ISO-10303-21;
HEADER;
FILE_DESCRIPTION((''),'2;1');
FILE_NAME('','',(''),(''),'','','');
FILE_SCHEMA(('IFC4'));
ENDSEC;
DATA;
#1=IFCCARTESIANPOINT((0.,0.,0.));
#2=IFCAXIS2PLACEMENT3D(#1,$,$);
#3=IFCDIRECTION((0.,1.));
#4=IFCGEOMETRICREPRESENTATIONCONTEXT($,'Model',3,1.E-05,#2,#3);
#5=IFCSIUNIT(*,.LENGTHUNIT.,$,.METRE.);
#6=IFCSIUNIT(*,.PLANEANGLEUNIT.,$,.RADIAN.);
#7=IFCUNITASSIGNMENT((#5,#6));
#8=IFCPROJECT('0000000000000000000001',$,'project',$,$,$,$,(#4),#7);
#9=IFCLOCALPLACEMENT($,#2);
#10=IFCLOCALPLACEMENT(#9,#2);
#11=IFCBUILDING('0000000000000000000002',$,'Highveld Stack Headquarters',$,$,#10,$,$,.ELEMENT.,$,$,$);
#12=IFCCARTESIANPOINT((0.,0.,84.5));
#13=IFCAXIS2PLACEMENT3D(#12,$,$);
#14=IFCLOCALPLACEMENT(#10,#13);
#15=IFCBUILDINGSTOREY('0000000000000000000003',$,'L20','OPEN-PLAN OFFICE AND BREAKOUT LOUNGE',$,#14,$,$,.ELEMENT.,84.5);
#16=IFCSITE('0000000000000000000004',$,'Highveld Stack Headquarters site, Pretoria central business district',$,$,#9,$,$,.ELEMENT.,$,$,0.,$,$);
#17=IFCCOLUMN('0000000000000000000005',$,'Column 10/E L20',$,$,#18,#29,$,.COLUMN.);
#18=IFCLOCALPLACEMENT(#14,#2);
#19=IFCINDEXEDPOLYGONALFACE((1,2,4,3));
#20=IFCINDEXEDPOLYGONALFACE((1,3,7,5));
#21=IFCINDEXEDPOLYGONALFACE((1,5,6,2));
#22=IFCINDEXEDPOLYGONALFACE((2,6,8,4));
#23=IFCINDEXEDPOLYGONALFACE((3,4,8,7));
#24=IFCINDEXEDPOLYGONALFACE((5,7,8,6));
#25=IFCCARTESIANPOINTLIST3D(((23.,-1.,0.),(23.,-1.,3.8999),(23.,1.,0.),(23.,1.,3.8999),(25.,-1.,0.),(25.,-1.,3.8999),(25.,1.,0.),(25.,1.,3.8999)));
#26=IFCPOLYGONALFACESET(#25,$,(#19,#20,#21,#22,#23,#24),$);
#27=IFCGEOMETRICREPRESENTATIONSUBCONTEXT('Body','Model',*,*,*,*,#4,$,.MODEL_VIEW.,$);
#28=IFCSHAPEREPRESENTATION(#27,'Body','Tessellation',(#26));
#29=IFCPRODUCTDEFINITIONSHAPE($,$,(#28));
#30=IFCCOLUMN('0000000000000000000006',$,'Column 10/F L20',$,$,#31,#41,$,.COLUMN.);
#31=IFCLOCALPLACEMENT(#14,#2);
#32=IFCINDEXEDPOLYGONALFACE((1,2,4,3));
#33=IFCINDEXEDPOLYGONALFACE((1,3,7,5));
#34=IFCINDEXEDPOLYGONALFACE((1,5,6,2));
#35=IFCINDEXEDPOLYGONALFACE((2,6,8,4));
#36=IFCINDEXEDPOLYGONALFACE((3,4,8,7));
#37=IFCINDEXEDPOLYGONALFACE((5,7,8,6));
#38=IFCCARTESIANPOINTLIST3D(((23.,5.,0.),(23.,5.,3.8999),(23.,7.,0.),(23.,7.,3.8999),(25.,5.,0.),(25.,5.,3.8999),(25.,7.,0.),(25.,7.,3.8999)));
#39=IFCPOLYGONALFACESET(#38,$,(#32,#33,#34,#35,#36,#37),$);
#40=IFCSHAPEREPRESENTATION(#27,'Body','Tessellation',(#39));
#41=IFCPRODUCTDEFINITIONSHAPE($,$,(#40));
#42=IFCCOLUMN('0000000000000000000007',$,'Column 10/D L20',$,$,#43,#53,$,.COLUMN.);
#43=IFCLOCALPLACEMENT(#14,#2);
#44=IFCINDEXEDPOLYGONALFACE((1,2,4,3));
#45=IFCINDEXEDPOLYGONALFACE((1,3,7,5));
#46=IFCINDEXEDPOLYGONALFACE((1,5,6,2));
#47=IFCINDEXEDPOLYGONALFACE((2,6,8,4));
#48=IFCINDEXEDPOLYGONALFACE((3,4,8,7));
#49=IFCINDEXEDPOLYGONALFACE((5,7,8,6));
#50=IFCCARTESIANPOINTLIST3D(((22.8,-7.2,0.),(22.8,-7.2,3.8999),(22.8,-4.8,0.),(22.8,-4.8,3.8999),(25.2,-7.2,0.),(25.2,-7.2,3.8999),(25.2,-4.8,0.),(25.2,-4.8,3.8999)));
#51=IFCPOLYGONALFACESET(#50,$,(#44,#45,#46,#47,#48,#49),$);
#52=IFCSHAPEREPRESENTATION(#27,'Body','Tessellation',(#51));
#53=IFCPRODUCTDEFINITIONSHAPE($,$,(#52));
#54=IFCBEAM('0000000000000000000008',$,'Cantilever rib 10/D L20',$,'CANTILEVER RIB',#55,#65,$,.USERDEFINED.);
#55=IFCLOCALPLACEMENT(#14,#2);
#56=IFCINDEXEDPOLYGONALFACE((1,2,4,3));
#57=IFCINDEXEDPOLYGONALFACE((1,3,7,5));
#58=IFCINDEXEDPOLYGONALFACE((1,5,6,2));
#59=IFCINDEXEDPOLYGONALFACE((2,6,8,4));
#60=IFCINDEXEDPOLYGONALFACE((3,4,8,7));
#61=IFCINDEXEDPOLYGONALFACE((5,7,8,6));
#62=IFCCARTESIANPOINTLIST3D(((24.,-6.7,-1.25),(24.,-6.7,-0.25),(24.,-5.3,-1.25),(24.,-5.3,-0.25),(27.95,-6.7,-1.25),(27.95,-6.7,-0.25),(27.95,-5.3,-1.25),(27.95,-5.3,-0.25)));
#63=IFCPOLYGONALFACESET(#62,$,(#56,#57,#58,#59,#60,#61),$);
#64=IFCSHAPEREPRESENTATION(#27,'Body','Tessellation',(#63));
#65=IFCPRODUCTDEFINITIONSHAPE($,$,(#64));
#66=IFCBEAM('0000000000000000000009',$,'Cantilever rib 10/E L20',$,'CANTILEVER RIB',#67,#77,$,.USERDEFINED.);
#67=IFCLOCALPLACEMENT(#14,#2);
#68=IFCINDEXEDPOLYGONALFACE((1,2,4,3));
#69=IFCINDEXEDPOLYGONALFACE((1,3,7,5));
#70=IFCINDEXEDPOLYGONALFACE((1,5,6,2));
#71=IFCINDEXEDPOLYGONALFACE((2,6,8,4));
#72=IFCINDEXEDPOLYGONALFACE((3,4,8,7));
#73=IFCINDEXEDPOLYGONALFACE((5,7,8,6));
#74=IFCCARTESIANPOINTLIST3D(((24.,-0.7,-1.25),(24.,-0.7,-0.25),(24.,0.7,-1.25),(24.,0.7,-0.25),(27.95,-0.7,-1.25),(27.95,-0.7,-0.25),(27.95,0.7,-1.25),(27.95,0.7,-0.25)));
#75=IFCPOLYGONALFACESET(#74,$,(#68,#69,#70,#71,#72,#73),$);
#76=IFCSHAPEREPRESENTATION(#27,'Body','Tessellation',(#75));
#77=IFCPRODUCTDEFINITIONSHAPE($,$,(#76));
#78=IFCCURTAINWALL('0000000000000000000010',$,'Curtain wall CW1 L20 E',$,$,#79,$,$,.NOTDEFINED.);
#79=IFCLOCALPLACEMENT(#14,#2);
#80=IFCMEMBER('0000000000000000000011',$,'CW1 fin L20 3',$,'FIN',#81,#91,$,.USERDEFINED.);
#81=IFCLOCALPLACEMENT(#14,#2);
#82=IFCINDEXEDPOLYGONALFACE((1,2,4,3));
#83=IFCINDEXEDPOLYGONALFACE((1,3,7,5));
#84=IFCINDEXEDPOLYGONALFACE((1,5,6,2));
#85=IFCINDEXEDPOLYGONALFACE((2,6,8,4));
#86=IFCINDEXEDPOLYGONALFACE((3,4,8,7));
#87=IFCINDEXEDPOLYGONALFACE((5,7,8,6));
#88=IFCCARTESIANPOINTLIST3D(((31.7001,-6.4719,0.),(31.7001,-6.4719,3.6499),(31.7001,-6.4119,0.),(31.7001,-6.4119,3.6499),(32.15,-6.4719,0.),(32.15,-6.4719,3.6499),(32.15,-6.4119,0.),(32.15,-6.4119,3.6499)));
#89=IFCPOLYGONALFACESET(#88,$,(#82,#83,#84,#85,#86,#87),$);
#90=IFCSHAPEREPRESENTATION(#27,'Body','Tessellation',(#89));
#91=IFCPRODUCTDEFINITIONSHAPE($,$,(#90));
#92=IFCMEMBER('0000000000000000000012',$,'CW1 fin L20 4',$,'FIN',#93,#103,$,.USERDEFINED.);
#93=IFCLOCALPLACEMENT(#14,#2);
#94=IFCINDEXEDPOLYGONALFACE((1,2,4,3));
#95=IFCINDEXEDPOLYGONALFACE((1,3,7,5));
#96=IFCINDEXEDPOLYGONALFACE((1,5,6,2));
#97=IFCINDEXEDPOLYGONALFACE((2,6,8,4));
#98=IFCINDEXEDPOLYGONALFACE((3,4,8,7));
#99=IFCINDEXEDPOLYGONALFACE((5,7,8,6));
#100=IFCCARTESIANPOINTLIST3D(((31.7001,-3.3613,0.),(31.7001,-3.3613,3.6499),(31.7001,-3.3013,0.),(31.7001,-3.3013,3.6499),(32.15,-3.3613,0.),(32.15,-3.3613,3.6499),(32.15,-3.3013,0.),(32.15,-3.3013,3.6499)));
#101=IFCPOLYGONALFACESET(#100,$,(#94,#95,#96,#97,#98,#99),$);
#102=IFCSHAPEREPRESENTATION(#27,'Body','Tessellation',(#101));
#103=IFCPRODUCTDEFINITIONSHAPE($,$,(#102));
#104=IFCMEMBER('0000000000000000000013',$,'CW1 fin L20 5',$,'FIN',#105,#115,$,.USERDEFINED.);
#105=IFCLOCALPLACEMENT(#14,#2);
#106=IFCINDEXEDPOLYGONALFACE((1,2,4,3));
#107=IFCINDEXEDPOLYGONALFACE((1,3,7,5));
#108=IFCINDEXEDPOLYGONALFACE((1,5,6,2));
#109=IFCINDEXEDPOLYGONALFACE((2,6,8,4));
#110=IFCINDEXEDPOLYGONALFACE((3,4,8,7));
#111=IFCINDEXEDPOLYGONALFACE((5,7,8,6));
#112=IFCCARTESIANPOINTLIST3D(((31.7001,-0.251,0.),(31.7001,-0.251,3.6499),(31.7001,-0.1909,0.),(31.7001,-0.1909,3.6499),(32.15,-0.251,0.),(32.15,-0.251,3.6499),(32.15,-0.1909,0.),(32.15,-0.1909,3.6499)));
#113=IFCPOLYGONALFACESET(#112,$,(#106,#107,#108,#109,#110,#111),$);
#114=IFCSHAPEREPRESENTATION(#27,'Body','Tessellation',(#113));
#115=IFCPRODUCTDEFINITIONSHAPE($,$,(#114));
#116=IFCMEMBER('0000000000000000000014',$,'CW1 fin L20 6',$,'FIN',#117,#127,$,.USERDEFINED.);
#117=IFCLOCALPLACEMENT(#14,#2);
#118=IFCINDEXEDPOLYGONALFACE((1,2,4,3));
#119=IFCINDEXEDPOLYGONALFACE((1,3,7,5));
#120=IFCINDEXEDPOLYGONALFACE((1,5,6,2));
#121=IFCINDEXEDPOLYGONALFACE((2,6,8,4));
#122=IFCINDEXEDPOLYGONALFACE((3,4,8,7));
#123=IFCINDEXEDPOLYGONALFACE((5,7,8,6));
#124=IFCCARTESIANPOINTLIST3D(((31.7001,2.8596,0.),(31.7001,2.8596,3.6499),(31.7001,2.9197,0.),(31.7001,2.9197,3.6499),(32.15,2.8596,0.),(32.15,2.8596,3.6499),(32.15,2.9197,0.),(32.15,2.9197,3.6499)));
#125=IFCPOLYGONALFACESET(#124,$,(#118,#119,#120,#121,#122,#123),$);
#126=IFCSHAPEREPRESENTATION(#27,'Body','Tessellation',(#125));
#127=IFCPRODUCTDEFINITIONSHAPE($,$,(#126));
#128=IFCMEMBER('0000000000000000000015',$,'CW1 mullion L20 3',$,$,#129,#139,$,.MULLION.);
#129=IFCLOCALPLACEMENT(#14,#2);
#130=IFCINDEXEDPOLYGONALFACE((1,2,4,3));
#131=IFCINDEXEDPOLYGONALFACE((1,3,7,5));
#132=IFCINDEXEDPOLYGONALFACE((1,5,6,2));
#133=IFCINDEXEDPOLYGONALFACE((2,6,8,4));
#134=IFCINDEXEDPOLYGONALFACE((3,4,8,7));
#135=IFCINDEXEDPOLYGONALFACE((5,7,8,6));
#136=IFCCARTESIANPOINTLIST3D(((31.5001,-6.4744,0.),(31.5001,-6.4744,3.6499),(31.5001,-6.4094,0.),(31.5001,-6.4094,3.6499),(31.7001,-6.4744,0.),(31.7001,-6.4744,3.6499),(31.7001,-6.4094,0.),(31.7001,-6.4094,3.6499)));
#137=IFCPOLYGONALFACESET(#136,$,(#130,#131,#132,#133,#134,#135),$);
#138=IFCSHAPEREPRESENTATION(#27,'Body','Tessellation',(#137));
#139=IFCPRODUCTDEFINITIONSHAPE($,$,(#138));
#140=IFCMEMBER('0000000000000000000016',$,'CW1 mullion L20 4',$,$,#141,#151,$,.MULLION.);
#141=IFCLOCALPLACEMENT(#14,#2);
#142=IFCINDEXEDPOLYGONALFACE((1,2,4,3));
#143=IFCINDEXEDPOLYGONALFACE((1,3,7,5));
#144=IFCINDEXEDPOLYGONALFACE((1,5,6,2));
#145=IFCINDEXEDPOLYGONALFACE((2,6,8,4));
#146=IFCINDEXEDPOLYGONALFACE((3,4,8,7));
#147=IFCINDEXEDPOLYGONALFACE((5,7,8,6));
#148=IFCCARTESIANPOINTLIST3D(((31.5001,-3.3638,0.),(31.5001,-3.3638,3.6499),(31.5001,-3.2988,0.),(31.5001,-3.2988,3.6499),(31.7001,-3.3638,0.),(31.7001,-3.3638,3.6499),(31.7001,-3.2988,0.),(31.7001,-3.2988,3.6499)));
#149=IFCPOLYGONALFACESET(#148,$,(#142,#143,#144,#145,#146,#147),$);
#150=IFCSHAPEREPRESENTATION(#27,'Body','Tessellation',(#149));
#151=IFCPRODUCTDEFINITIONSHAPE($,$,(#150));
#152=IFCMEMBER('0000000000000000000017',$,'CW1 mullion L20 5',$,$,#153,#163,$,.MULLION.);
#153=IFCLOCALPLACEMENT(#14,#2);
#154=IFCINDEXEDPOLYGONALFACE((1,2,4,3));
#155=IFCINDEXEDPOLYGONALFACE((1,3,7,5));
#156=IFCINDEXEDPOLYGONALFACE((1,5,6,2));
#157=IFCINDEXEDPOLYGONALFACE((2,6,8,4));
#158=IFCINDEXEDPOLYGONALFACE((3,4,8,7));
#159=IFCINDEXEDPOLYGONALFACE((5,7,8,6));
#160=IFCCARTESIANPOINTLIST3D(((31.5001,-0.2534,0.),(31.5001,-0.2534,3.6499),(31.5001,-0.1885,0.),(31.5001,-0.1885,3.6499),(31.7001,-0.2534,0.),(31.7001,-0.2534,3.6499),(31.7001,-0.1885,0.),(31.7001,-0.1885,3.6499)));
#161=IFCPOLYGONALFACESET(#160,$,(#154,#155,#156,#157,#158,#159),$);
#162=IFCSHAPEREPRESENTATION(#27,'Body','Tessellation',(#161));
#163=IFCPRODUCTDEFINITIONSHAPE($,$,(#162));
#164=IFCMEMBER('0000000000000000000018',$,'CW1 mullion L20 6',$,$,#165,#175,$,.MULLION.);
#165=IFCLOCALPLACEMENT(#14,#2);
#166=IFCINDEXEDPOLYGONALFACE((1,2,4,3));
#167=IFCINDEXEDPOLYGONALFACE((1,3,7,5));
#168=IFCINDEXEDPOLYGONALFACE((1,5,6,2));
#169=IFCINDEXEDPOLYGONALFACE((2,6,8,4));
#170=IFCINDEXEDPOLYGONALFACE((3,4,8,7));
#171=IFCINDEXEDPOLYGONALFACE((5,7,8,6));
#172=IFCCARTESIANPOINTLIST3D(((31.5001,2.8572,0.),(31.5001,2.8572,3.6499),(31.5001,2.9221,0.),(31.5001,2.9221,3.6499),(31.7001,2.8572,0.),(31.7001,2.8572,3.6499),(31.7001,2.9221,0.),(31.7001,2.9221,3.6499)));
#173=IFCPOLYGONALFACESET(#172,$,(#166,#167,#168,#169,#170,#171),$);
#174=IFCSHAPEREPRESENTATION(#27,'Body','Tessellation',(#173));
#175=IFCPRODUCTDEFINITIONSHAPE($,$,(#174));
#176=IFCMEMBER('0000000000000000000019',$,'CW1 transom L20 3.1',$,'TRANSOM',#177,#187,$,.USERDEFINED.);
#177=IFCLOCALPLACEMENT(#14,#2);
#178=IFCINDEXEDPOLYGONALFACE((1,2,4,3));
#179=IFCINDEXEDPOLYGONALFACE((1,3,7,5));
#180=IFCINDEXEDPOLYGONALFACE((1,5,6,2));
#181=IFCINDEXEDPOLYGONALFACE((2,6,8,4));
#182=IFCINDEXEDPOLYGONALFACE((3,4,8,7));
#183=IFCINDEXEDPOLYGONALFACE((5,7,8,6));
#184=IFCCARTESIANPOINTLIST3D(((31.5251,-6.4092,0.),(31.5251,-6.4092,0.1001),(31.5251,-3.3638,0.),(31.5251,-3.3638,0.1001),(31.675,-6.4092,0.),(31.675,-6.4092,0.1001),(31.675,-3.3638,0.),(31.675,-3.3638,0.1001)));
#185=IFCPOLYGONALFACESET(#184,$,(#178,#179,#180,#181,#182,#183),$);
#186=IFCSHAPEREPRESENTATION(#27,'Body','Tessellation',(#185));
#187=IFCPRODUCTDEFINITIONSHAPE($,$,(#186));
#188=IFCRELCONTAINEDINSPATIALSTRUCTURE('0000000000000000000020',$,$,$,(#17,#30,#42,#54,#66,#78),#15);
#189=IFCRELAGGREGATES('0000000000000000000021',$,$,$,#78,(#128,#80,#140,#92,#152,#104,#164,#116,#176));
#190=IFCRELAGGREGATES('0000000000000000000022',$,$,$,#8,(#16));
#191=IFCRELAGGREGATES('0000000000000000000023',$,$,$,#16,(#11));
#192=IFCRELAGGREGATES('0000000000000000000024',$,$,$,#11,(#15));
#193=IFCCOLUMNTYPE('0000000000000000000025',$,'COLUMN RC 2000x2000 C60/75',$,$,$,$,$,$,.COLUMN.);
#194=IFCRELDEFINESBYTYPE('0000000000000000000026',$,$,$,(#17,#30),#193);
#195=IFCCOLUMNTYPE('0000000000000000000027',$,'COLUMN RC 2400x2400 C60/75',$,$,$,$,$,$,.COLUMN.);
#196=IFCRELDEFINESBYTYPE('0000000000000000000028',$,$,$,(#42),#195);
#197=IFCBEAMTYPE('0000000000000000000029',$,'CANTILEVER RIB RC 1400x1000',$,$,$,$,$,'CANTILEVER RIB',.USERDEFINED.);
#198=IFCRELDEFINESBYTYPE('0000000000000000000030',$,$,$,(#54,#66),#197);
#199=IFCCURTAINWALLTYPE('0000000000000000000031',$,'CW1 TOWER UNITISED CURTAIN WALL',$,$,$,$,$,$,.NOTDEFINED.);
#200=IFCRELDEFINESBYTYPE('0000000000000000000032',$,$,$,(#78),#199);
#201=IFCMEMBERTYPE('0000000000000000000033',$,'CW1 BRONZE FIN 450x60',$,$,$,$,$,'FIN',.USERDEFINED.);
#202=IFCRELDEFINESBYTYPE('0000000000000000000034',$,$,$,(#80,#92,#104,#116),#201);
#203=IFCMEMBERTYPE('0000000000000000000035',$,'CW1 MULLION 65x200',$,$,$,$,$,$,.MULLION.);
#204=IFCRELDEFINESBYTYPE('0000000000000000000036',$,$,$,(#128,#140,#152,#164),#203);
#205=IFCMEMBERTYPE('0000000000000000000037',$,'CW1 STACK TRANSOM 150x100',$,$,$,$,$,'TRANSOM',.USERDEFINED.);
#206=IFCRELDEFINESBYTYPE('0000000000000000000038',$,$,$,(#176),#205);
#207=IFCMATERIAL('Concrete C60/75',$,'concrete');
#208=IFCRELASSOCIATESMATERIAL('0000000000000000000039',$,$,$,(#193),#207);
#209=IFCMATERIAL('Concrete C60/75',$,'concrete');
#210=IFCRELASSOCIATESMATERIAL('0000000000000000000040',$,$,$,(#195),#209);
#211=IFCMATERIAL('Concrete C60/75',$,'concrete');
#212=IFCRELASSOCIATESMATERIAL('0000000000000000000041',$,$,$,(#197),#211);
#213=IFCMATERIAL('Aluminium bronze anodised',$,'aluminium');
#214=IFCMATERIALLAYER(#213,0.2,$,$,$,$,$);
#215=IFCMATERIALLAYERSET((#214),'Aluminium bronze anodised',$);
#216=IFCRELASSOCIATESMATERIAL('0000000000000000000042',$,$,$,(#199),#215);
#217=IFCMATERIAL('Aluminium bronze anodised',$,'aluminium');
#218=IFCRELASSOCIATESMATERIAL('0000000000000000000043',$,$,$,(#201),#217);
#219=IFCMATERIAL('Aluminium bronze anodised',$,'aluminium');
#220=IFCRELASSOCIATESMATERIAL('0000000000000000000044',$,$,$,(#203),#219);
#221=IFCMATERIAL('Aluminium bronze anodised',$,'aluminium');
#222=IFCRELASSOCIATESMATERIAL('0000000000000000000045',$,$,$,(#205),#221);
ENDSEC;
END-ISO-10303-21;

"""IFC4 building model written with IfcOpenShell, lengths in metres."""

from ifc_helpers import new_model, si_unit, direction, frame, origin, origin_2d, place, context, subcontext, project, spatial, rectangle, extrude, material, layer, layer_set, material_profile, profile_set, type_object, element, aggregate, save


model = new_model("IFC4")

# Units and contexts
model_context = context("Model", 3, precision=1e-05, world=origin(), true_north=direction((0.0, 1.0)))
body_context = subcontext(model_context, "Body", "Model", "MODEL_VIEW")
ifc_project = project(units=[si_unit("LENGTHUNIT", "METRE"), si_unit("PLANEANGLEUNIT", "RADIAN")], contexts=[model_context])

# Site, building, storey
site_placement = place(None, origin())
site = spatial("IfcSite", under=ifc_project, at=site_placement, Name="Highveld Stack Headquarters site, Pretoria central business district", CompositionType="ELEMENT", RefElevation=0.0)
building_placement = place(site_placement, origin())
building = spatial("IfcBuilding", under=site, at=building_placement, Name="Highveld Stack Headquarters", CompositionType="ELEMENT")
storey_placement = place(building_placement, frame((0.0, 0.0, 84.5)))
storey = spatial("IfcBuildingStorey", under=building, at=storey_placement, Name="L20", Description="OPEN-PLAN OFFICE AND BREAKOUT LOUNGE", CompositionType="ELEMENT", Elevation=84.5)

# Columns
ifc_material_1 = material(Name="Concrete C60/75", Category="concrete")
ifc_material_profile_1 = material_profile(ifc_material_1, rectangle(XDim=2.0, YDim=2.0, at=origin_2d()), Name="RC 2000x2000")
ifc_profile_set_1 = profile_set([ifc_material_profile_1], Name="Concrete C60/75")
column_type_1 = type_object("IfcColumnType", Name="COLUMN RC 2000x2000 C60/75", PredefinedType="COLUMN", material=ifc_profile_set_1)
for number, where, z_axis, x_axis, name in (
    (1, (24.0, 0.0, 0.0), (0.0, 0.0, 1.0), (1.0, 0.0, 0.0), "Column 10/E L20"),
    (2, (24.0, 6.0, 0.0), (0.0, 0.0, 1.0), (1.0, 0.0, 0.0), "Column 10/F L20"),
):
    element("IfcColumn", number, at=place(storey_placement, frame(where, z_axis=z_axis, x_axis=x_axis)), inside=storey, type_object=column_type_1, Name=name, PredefinedType="COLUMN", context=body_context, shape_type="SweptSolid", body=[
        extrude(rectangle(XDim=2.0, YDim=2.0, at=origin_2d()), origin(), (0.0, 0.0, 1.0), 3.8999),
    ])
ifc_material_2 = material(Name="Concrete C60/75", Category="concrete")
ifc_material_profile_2 = material_profile(ifc_material_2, rectangle(XDim=2.3999, YDim=2.3999, at=origin_2d()), Name="RC 2400x2400")
ifc_profile_set_2 = profile_set([ifc_material_profile_2], Name="Concrete C60/75")
column_type_2 = type_object("IfcColumnType", Name="COLUMN RC 2400x2400 C60/75", PredefinedType="COLUMN", material=ifc_profile_set_2)
column_placement = place(storey_placement, frame((24.0, -6.0, 0.0), z_axis=(0.0, 0.0, 1.0), x_axis=(1.0, 0.0, 0.0)))
element("IfcColumn", 3, at=column_placement, inside=storey, type_object=column_type_2, Name="Column 10/D L20", PredefinedType="COLUMN", context=body_context, shape_type="SweptSolid", body=[
    extrude(rectangle(XDim=2.3999, YDim=2.3999, at=origin_2d()), origin(), (0.0, 0.0, 1.0), 3.8999),
])

# Beams
ifc_material_3 = material(Name="Concrete C60/75", Category="concrete")
ifc_material_profile_3 = material_profile(ifc_material_3, rectangle(XDim=1.3999, YDim=1.0, at=origin_2d()), Name="RC 1400x1000")
ifc_profile_set_3 = profile_set([ifc_material_profile_3], Name="Concrete C60/75")
beam_type_1 = type_object("IfcBeamType", Name="CANTILEVER RIB RC 1400x1000", ElementType="CANTILEVER RIB", PredefinedType="USERDEFINED", material=ifc_profile_set_3)
for number, where, z_axis, x_axis, name in (
    (4, (24.0, -6.0, -0.75), (1.0, 0.0, 0.0), (0.0, 1.0, 0.0), "Cantilever rib 10/D L20"),
    (5, (24.0, 0.0, -0.75), (1.0, 0.0, 0.0), (0.0, 1.0, 0.0), "Cantilever rib 10/E L20"),
):
    element("IfcBeam", number, at=place(storey_placement, frame(where, z_axis=z_axis, x_axis=x_axis)), inside=storey, type_object=beam_type_1, Name=name, ObjectType="CANTILEVER RIB", PredefinedType="USERDEFINED", context=body_context, shape_type="SweptSolid", body=[
        extrude(rectangle(XDim=1.3999, YDim=1.0, at=origin_2d()), origin(), (0.0, 0.0, 1.0), 3.95),
    ])

# Curtain wall, members
ifc_material_4 = material(Name="Aluminium bronze anodised", Category="aluminium")
ifc_layer_1 = layer(ifc_material_4, 0.2)
ifc_layer_set_1 = layer_set([ifc_layer_1], Name="Aluminium bronze anodised")
curtain_wall_type = type_object("IfcCurtainWallType", Name="CW1 TOWER UNITISED CURTAIN WALL", PredefinedType="NOTDEFINED", material=ifc_layer_set_1)
curtain_wall_placement = place(storey_placement, origin())
curtain_wall = element("IfcCurtainWall", 6, at=curtain_wall_placement, inside=storey, type_object=curtain_wall_type, Name="Curtain wall CW1 L20 E", PredefinedType="NOTDEFINED")
ifc_material_5 = material(Name="Aluminium bronze anodised", Category="aluminium")
ifc_material_profile_4 = material_profile(ifc_material_5, rectangle(XDim=0.45, YDim=0.0601, at=origin_2d()), Name="FIN 450x60")
ifc_profile_set_4 = profile_set([ifc_material_profile_4], Name="Aluminium bronze anodised")
member_type_1 = type_object("IfcMemberType", Name="CW1 BRONZE FIN 450x60", ElementType="FIN", PredefinedType="USERDEFINED", material=ifc_profile_set_4)
member_1_placement = place(storey_placement, frame((31.925, -6.4419, 0.0), z_axis=(0.0, 0.0, 1.0), x_axis=(-1.0, 0.0, 0.0)))
member_1 = element("IfcMember", 7, at=member_1_placement, type_object=member_type_1, Name="CW1 fin L20 3", ObjectType="FIN", PredefinedType="USERDEFINED", context=body_context, shape_type="SweptSolid", body=[
    extrude(rectangle(XDim=0.45, YDim=0.0601, at=origin_2d()), origin(), (0.0, 0.0, 1.0), 3.6499),
])
member_2_placement = place(storey_placement, frame((31.925, -3.3313, 0.0), z_axis=(0.0, 0.0, 1.0), x_axis=(-1.0, 0.0, 0.0)))
member_2 = element("IfcMember", 8, at=member_2_placement, type_object=member_type_1, Name="CW1 fin L20 4", ObjectType="FIN", PredefinedType="USERDEFINED", context=body_context, shape_type="SweptSolid", body=[
    extrude(rectangle(XDim=0.45, YDim=0.0601, at=origin_2d()), origin(), (0.0, 0.0, 1.0), 3.6499),
])
member_3_placement = place(storey_placement, frame((31.925, -0.2209, 0.0), z_axis=(0.0, 0.0, 1.0), x_axis=(-1.0, 0.0, 0.0)))
member_3 = element("IfcMember", 9, at=member_3_placement, type_object=member_type_1, Name="CW1 fin L20 5", ObjectType="FIN", PredefinedType="USERDEFINED", context=body_context, shape_type="SweptSolid", body=[
    extrude(rectangle(XDim=0.45, YDim=0.0601, at=origin_2d()), origin(), (0.0, 0.0, 1.0), 3.6499),
])
member_4_placement = place(storey_placement, frame((31.925, 2.8896, 0.0), z_axis=(0.0, 0.0, 1.0), x_axis=(-1.0, 0.0, 0.0)))
member_4 = element("IfcMember", 10, at=member_4_placement, type_object=member_type_1, Name="CW1 fin L20 6", ObjectType="FIN", PredefinedType="USERDEFINED", context=body_context, shape_type="SweptSolid", body=[
    extrude(rectangle(XDim=0.45, YDim=0.0601, at=origin_2d()), origin(), (0.0, 0.0, 1.0), 3.6499),
])
ifc_material_6 = material(Name="Aluminium bronze anodised", Category="aluminium")
ifc_material_profile_5 = material_profile(ifc_material_6, rectangle(XDim=0.2, YDim=0.0649, at=origin_2d()), Name="CW1 MULLION 65x200")
ifc_profile_set_5 = profile_set([ifc_material_profile_5], Name="Aluminium bronze anodised")
member_type_2 = type_object("IfcMemberType", Name="CW1 MULLION 65x200", PredefinedType="MULLION", material=ifc_profile_set_5)
member_5_placement = place(storey_placement, frame((31.6001, -6.4419, 0.0), z_axis=(0.0, 0.0, 1.0), x_axis=(-1.0, 0.0, 0.0)))
member_5 = element("IfcMember", 11, at=member_5_placement, type_object=member_type_2, Name="CW1 mullion L20 3", PredefinedType="MULLION", context=body_context, shape_type="SweptSolid", body=[
    extrude(rectangle(XDim=0.2, YDim=0.0649, at=origin_2d()), origin(), (0.0, 0.0, 1.0), 3.6499),
])
member_6_placement = place(storey_placement, frame((31.6001, -3.3313, 0.0), z_axis=(0.0, 0.0, 1.0), x_axis=(-1.0, 0.0, 0.0)))
member_6 = element("IfcMember", 12, at=member_6_placement, type_object=member_type_2, Name="CW1 mullion L20 4", PredefinedType="MULLION", context=body_context, shape_type="SweptSolid", body=[
    extrude(rectangle(XDim=0.2, YDim=0.0649, at=origin_2d()), origin(), (0.0, 0.0, 1.0), 3.6499),
])
member_7_placement = place(storey_placement, frame((31.6001, -0.2209, 0.0), z_axis=(0.0, 0.0, 1.0), x_axis=(-1.0, 0.0, 0.0)))
member_7 = element("IfcMember", 13, at=member_7_placement, type_object=member_type_2, Name="CW1 mullion L20 5", PredefinedType="MULLION", context=body_context, shape_type="SweptSolid", body=[
    extrude(rectangle(XDim=0.2, YDim=0.0649, at=origin_2d()), origin(), (0.0, 0.0, 1.0), 3.6499),
])
member_8_placement = place(storey_placement, frame((31.6001, 2.8896, 0.0), z_axis=(0.0, 0.0, 1.0), x_axis=(-1.0, 0.0, 0.0)))
member_8 = element("IfcMember", 14, at=member_8_placement, type_object=member_type_2, Name="CW1 mullion L20 6", PredefinedType="MULLION", context=body_context, shape_type="SweptSolid", body=[
    extrude(rectangle(XDim=0.2, YDim=0.0649, at=origin_2d()), origin(), (0.0, 0.0, 1.0), 3.6499),
])
ifc_material_7 = material(Name="Aluminium bronze anodised", Category="aluminium")
ifc_material_profile_6 = material_profile(ifc_material_7, rectangle(XDim=0.1499, YDim=0.1001, at=origin_2d()), Name="CW1 TRANSOM 150x100")
ifc_profile_set_6 = profile_set([ifc_material_profile_6], Name="Aluminium bronze anodised")
member_type_3 = type_object("IfcMemberType", Name="CW1 STACK TRANSOM 150x100", ElementType="TRANSOM", PredefinedType="USERDEFINED", material=ifc_profile_set_6)
member_9_placement = place(storey_placement, frame((31.6001, -6.4092, 0.05), z_axis=(0.0, 1.0, 0.0), x_axis=(-1.0, 0.0, 0.0)))
member_9 = element("IfcMember", 15, at=member_9_placement, type_object=member_type_3, Name="CW1 transom L20 3.1", ObjectType="TRANSOM", PredefinedType="USERDEFINED", context=body_context, shape_type="SweptSolid", body=[
    extrude(rectangle(XDim=0.1499, YDim=0.1001, at=origin_2d()), origin(), (0.0, 0.0, 1.0), 3.0454),
])

aggregate(curtain_wall, [member_5, member_1, member_6, member_2, member_7, member_3, member_8, member_4, member_9])

save(model, "model.ifc")
